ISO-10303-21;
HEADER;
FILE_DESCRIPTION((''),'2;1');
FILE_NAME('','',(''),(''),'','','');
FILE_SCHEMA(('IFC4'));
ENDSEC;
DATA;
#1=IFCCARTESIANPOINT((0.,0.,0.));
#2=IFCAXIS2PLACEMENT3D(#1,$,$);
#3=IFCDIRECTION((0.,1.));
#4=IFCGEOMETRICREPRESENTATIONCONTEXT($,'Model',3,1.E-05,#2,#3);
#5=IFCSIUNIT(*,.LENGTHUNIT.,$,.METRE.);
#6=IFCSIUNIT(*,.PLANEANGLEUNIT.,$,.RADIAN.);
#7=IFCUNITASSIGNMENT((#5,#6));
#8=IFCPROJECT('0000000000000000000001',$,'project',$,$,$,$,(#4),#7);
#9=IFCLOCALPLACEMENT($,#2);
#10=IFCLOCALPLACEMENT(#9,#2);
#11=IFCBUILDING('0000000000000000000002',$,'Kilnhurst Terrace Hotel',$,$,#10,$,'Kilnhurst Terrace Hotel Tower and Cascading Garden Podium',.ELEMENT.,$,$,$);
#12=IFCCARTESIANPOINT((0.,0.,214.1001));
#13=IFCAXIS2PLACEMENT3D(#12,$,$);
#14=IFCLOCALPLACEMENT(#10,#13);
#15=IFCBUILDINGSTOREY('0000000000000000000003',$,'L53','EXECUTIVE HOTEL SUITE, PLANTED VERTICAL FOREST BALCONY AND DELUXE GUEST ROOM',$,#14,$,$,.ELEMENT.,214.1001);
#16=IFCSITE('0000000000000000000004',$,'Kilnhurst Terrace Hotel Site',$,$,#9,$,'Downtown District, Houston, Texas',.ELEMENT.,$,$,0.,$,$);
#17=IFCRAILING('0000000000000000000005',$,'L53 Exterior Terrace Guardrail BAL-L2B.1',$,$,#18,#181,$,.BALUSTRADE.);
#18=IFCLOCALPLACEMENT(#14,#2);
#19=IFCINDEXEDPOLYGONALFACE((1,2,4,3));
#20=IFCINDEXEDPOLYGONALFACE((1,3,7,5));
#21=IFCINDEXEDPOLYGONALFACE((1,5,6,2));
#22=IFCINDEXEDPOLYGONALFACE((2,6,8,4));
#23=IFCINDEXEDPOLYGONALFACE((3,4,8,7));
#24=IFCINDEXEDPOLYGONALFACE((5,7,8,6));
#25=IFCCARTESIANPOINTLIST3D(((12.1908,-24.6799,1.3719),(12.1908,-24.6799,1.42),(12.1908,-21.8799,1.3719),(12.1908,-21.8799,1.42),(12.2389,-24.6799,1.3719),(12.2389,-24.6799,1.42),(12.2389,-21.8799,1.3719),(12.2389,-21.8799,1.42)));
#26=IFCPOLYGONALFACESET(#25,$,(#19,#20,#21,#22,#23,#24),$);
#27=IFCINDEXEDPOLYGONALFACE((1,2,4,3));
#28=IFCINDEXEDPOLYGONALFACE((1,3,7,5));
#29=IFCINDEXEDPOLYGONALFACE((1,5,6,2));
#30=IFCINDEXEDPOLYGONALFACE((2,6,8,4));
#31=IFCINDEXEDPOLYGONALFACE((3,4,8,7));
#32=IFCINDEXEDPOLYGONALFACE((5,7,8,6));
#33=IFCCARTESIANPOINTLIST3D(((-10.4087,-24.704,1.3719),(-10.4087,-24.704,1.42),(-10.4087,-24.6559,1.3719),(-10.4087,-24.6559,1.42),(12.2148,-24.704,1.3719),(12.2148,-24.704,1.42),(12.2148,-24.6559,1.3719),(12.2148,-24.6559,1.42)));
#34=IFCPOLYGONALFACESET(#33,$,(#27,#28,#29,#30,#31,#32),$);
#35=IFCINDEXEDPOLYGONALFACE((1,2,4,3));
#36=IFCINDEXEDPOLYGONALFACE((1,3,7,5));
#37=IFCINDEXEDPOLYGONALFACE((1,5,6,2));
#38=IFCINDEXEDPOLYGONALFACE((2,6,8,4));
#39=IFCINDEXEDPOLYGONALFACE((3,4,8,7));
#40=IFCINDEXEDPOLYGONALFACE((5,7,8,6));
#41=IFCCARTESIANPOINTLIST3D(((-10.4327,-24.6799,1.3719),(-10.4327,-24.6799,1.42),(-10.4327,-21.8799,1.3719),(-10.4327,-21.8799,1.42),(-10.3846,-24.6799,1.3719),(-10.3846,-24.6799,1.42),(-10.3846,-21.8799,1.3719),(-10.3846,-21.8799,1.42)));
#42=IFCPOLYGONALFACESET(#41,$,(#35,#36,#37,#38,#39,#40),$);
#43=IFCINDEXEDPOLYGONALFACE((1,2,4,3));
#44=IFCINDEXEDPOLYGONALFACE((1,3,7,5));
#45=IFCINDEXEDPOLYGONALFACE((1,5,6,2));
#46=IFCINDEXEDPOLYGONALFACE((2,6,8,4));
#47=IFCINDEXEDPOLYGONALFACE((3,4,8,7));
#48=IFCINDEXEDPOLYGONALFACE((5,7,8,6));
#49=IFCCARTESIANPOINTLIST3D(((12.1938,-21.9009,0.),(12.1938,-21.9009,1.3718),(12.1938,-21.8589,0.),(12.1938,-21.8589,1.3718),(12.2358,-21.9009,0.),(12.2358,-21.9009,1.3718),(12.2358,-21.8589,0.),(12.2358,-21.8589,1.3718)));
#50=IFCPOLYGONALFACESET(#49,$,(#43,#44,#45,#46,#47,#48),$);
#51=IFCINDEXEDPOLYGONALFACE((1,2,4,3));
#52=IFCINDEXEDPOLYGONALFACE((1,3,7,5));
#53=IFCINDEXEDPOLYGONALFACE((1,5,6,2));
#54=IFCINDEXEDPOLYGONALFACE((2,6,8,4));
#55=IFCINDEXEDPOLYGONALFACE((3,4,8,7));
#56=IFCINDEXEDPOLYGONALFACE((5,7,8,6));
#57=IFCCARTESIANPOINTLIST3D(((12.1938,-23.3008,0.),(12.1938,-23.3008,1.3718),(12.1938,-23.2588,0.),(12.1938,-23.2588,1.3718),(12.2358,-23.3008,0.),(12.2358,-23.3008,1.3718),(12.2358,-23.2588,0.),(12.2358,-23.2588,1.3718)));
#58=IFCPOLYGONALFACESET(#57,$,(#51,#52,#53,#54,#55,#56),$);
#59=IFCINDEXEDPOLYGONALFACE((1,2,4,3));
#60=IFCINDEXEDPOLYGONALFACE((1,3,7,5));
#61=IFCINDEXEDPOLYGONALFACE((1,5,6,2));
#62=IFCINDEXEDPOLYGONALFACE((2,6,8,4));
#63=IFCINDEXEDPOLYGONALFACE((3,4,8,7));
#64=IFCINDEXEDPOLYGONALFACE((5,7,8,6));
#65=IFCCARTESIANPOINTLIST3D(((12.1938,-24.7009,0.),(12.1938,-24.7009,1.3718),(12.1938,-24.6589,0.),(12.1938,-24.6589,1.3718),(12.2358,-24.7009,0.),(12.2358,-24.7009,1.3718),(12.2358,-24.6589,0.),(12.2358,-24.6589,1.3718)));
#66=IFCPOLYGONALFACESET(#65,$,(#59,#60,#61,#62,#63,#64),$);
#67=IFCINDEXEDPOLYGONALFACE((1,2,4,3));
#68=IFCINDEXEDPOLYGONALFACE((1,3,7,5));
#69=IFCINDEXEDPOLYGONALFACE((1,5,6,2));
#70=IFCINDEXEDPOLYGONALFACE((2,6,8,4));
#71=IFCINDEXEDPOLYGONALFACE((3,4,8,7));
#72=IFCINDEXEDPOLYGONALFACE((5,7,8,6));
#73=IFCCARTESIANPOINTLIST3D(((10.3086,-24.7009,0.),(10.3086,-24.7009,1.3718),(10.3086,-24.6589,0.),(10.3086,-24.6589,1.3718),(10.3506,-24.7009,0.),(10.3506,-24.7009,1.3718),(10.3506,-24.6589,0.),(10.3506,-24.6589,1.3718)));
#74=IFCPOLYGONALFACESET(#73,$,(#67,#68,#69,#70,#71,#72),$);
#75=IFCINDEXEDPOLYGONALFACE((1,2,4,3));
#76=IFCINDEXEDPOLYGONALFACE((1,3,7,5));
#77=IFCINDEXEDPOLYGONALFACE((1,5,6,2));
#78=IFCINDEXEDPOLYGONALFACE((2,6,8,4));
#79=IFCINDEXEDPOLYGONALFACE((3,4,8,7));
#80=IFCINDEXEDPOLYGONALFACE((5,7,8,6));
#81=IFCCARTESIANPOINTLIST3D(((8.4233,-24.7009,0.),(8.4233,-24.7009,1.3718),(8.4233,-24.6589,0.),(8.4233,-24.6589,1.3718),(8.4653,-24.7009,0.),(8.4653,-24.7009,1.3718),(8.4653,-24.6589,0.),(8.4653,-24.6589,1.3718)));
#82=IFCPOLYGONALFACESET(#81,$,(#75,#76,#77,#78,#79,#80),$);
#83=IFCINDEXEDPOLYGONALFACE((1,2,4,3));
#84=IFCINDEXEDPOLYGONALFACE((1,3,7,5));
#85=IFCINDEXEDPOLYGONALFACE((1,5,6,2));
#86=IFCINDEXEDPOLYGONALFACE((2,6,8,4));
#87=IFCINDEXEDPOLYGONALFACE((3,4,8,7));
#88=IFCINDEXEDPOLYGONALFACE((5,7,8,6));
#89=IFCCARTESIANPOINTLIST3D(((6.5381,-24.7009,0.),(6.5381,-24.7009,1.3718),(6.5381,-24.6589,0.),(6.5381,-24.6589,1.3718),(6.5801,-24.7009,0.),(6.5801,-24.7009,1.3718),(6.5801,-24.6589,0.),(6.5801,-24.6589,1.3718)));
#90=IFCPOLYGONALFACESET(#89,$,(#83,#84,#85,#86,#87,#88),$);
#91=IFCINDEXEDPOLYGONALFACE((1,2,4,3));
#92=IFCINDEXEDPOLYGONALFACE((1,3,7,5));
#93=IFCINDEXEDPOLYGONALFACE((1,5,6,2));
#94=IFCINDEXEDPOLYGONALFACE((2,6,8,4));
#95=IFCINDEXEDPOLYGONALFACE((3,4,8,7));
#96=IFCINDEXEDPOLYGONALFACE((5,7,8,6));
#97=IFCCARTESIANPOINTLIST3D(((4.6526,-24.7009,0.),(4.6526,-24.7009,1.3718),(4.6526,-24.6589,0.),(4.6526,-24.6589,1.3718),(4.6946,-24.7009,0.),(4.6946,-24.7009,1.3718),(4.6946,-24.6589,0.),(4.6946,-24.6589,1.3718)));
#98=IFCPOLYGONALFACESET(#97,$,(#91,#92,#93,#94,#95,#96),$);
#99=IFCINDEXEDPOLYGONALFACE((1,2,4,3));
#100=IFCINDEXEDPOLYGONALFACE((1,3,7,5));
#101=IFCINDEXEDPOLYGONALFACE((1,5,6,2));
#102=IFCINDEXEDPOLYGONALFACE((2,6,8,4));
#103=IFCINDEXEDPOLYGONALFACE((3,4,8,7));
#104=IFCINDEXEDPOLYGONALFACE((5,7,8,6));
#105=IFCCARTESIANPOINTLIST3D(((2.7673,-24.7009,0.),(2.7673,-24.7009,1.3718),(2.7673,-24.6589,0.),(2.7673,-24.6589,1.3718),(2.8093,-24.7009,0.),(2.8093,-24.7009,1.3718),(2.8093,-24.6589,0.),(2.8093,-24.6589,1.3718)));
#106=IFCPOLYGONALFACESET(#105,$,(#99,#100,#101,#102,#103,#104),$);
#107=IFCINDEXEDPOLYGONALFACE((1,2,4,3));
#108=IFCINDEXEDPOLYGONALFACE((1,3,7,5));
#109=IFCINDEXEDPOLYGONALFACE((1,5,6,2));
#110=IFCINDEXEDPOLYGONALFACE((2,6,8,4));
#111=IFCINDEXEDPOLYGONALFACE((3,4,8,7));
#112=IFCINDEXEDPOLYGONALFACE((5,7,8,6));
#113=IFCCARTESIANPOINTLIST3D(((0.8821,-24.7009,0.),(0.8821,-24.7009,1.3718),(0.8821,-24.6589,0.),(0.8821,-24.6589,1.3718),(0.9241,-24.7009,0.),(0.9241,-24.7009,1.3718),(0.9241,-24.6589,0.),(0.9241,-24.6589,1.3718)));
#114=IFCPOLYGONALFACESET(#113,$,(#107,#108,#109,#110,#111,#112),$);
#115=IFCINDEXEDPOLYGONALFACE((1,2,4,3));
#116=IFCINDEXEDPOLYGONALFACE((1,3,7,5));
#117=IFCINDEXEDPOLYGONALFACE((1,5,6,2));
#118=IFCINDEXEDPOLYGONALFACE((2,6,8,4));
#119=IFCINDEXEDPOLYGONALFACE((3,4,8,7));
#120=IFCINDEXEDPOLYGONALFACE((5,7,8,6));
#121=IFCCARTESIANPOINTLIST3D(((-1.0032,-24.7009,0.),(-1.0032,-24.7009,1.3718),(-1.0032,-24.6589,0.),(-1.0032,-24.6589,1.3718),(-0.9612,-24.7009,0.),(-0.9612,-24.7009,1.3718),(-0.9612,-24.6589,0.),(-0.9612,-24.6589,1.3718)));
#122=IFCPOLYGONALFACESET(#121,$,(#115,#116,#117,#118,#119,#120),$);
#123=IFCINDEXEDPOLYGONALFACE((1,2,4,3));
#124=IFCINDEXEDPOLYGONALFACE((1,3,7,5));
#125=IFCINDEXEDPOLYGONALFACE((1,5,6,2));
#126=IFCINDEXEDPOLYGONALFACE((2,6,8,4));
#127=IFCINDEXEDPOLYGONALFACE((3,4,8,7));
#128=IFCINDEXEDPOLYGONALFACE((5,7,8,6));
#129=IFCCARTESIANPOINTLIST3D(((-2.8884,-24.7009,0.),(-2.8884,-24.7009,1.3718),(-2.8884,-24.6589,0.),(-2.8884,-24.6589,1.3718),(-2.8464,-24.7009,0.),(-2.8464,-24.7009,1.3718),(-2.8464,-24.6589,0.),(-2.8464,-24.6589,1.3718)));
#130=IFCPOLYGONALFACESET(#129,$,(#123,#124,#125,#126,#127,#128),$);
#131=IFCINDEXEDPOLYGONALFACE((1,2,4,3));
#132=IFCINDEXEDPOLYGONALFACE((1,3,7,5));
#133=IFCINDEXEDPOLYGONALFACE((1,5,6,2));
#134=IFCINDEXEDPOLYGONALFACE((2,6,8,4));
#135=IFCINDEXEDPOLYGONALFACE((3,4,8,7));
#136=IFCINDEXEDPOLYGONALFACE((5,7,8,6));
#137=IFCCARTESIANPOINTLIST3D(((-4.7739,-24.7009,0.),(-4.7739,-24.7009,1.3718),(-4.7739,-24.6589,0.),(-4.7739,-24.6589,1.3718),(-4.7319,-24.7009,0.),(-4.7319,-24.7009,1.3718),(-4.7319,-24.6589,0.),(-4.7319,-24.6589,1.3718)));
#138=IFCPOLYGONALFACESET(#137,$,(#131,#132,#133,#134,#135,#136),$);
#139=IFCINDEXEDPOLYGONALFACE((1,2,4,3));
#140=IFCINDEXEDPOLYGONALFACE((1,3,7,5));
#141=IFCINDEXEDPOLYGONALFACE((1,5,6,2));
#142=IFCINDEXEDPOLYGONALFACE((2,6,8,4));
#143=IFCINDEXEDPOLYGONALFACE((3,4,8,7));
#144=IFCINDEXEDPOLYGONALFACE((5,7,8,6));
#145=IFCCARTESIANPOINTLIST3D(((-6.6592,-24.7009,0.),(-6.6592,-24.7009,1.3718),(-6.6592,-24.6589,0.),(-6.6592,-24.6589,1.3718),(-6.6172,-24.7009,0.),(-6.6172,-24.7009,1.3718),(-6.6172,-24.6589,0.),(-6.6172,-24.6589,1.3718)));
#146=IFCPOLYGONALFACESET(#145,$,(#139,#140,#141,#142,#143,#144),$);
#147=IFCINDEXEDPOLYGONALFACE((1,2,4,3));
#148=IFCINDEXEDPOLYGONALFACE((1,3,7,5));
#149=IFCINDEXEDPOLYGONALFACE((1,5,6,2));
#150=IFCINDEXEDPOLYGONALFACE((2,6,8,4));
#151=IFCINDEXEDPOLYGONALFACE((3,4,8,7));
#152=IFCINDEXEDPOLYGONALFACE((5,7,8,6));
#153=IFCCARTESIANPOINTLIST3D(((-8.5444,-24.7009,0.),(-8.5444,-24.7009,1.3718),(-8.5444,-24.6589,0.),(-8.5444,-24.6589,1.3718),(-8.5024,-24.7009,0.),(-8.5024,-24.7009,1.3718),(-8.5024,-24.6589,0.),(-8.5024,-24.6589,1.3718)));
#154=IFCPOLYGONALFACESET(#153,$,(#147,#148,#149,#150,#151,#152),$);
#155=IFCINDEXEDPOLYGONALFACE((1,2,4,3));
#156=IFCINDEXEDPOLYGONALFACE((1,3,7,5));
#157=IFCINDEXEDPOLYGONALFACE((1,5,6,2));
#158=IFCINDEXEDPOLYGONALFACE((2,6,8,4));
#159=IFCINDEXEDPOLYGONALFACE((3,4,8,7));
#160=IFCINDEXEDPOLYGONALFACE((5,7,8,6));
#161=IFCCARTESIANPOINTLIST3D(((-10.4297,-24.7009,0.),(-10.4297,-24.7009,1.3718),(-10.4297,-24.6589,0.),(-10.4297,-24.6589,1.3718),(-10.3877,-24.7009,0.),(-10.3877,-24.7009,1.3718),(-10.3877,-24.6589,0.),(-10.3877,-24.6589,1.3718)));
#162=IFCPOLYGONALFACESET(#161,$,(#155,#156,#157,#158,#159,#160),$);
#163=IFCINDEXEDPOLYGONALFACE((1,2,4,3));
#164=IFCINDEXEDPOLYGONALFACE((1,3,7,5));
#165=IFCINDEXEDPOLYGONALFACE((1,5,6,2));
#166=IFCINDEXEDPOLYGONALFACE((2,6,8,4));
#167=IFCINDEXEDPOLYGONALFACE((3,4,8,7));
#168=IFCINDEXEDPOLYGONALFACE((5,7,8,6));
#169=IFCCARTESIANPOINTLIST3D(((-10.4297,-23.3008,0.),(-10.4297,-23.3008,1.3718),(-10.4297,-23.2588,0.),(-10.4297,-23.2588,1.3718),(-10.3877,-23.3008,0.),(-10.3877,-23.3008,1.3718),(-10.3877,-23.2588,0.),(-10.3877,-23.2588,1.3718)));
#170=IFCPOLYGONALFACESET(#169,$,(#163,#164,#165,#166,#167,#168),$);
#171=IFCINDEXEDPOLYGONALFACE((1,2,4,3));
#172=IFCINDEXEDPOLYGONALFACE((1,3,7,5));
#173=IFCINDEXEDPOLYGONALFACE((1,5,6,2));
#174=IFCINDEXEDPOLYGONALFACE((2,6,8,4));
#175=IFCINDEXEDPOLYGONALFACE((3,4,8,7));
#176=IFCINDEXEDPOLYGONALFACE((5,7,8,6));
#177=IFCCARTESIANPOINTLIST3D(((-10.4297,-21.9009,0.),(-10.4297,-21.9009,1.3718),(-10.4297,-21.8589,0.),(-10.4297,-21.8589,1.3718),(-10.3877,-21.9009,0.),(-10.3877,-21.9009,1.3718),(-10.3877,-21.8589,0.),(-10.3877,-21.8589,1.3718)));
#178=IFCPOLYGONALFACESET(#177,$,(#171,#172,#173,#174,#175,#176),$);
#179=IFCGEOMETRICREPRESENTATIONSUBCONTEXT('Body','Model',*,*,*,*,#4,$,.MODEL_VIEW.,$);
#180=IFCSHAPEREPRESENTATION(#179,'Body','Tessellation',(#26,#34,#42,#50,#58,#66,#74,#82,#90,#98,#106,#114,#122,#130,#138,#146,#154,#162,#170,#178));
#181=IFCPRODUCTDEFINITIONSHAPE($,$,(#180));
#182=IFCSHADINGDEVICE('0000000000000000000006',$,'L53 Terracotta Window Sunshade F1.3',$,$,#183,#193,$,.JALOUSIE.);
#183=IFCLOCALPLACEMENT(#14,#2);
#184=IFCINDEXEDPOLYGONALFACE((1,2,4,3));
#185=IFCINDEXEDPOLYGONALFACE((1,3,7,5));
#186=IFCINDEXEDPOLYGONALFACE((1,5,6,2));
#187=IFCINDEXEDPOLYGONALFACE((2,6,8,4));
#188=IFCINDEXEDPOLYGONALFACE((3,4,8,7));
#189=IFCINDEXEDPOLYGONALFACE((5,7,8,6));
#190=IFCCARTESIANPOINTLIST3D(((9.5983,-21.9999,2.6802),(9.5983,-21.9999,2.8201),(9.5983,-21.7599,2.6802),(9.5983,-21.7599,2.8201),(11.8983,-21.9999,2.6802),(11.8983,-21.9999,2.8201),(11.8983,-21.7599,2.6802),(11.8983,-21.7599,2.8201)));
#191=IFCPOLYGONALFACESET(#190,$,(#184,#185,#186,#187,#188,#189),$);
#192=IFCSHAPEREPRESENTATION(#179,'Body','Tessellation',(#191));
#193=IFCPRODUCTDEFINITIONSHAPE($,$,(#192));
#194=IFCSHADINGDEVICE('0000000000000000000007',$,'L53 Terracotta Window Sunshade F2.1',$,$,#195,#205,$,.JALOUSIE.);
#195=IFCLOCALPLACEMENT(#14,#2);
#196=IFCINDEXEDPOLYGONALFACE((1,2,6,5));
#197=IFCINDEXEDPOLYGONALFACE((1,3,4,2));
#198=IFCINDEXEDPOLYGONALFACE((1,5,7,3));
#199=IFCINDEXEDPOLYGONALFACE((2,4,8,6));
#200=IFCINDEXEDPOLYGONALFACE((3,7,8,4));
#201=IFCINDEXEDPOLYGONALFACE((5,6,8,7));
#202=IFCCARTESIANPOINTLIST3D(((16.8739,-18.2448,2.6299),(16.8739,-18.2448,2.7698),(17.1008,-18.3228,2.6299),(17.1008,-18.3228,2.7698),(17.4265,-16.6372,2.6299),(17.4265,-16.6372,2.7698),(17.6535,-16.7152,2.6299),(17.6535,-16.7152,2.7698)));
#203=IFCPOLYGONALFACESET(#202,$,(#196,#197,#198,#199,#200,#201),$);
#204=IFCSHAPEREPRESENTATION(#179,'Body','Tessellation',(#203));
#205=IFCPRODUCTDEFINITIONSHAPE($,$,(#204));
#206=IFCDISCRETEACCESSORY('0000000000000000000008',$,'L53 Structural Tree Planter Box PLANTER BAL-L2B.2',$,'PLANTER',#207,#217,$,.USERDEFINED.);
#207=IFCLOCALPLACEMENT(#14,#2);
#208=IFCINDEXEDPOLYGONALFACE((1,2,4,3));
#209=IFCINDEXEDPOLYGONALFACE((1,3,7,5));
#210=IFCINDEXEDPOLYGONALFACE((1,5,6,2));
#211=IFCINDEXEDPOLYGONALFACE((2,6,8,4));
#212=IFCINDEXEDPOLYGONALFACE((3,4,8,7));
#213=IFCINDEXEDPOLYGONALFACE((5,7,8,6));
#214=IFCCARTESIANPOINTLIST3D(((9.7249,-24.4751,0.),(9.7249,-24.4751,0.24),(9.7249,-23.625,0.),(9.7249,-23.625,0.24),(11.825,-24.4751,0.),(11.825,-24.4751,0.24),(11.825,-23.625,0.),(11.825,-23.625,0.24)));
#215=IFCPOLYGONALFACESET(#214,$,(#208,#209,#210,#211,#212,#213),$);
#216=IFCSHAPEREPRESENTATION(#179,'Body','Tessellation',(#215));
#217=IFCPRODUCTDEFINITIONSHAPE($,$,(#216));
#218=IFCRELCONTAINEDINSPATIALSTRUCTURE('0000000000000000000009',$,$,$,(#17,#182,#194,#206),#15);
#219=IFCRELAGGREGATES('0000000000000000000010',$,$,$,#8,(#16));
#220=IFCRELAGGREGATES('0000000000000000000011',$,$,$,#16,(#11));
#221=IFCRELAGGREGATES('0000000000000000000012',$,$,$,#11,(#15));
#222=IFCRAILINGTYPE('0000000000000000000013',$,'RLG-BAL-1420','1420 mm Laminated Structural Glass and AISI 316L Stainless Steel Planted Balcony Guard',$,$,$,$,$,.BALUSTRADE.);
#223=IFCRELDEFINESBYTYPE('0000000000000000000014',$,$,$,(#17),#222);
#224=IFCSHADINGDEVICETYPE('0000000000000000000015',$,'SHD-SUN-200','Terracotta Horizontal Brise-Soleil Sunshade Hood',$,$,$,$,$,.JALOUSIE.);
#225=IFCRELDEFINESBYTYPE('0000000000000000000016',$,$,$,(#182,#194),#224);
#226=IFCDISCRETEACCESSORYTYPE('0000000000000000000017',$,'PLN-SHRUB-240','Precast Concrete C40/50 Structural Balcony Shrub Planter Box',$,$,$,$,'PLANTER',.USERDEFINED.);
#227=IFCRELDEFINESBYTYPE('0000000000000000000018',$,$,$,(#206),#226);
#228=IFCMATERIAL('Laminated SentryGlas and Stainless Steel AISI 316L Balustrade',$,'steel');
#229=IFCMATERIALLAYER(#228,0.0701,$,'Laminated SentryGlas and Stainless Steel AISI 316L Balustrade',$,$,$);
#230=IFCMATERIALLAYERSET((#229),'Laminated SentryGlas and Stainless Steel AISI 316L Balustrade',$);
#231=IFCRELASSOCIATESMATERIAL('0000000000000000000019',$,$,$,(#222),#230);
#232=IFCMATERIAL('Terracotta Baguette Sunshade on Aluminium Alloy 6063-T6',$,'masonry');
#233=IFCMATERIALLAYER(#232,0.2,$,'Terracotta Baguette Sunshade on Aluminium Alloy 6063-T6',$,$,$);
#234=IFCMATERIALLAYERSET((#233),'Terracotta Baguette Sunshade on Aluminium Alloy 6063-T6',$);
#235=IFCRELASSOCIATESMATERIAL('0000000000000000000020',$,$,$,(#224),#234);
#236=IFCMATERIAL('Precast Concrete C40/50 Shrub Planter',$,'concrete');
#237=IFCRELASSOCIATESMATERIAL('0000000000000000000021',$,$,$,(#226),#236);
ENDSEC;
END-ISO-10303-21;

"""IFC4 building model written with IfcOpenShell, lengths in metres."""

from ifc_helpers import new_model, si_unit, direction, frame, origin, origin_2d, place, context, subcontext, project, spatial, rectangle, extrude, material, layer, layer_set, type_object, element, save


model = new_model("IFC4")

# Units and contexts
model_context = context("Model", 3, precision=1e-05, world=origin(), true_north=direction((0.0, 1.0)))
body_context = subcontext(model_context, "Body", "Model", "MODEL_VIEW")
ifc_project = project(units=[si_unit("LENGTHUNIT", "METRE"), si_unit("PLANEANGLEUNIT", "RADIAN")], contexts=[model_context])

# Site, building, storey
site_placement = place(None, origin())
site = spatial("IfcSite", under=ifc_project, at=site_placement, Name="Kilnhurst Terrace Hotel Site", LongName="Downtown District, Houston, Texas", CompositionType="ELEMENT", RefElevation=0.0)
building_placement = place(site_placement, origin())
building = spatial("IfcBuilding", under=site, at=building_placement, Name="Kilnhurst Terrace Hotel", LongName="Kilnhurst Terrace Hotel Tower and Cascading Garden Podium", CompositionType="ELEMENT")
storey_placement = place(building_placement, frame((0.0, 0.0, 214.1001)))
storey = spatial("IfcBuildingStorey", under=building, at=storey_placement, Name="L53", Description="EXECUTIVE HOTEL SUITE, PLANTED VERTICAL FOREST BALCONY AND DELUXE GUEST ROOM", CompositionType="ELEMENT", Elevation=214.1001)

# Railing
ifc_material_1 = material(Name="Laminated SentryGlas and Stainless Steel AISI 316L Balustrade", Category="steel")
ifc_layer_1 = layer(ifc_material_1, 0.0701, Name="Laminated SentryGlas and Stainless Steel AISI 316L Balustrade")
ifc_layer_set_1 = layer_set([ifc_layer_1], Name="Laminated SentryGlas and Stainless Steel AISI 316L Balustrade")
railing_type = type_object("IfcRailingType", Name="RLG-BAL-1420", Description="1420 mm Laminated Structural Glass and AISI 316L Stainless Steel Planted Balcony Guard", PredefinedType="BALUSTRADE", material=ifc_layer_set_1)
railing_placement = place(storey_placement, frame((12.2148, -21.8799, 0.0)))
element("IfcRailing", 1, at=railing_placement, inside=storey, type_object=railing_type, Name="L53 Exterior Terrace Guardrail BAL-L2B.1", PredefinedType="BALUSTRADE", context=body_context, shape_type="SweptSolid", body=[
    extrude(rectangle(XDim=0.0481, YDim=0.0481, at=origin_2d()), frame((0.0, 0.0, 1.396), z_axis=(0.0, -1.0, 0.0), x_axis=(1.0, 0.0, 0.0)), (0.0, 0.0, 1.0), 2.8),
    extrude(rectangle(XDim=0.0481, YDim=0.0481, at=origin_2d()), frame((0.0, -2.8, 1.396), z_axis=(-1.0, 0.0, 0.0), x_axis=(0.0, -1.0, 0.0)), (0.0, 0.0, 1.0), 22.6235),
    extrude(rectangle(XDim=0.0481, YDim=0.0481, at=origin_2d()), frame((-22.6235, -2.8, 1.396), z_axis=(0.0, 1.0, 0.0), x_axis=(-1.0, 0.0, 0.0)), (0.0, 0.0, 1.0), 2.8),
    extrude(rectangle(XDim=0.042, YDim=0.042, at=origin_2d()), origin(), (0.0, 0.0, 1.0), 1.3718),
    extrude(rectangle(XDim=0.042, YDim=0.042, at=origin_2d()), frame((0.0, -1.3999, 0.0)), (0.0, 0.0, 1.0), 1.3718),
    extrude(rectangle(XDim=0.042, YDim=0.042, at=origin_2d()), frame((0.0, -2.8, 0.0)), (0.0, 0.0, 1.0), 1.3718),
    extrude(rectangle(XDim=0.042, YDim=0.042, at=origin_2d()), frame((-1.8853, -2.8, 0.0)), (0.0, 0.0, 1.0), 1.3718),
    extrude(rectangle(XDim=0.042, YDim=0.042, at=origin_2d()), frame((-3.7705, -2.8, 0.0)), (0.0, 0.0, 1.0), 1.3718),
    extrude(rectangle(XDim=0.042, YDim=0.042, at=origin_2d()), frame((-5.6558, -2.8, 0.0)), (0.0, 0.0, 1.0), 1.3718),
    extrude(rectangle(XDim=0.042, YDim=0.042, at=origin_2d()), frame((-7.5413, -2.8, 0.0)), (0.0, 0.0, 1.0), 1.3718),
    extrude(rectangle(XDim=0.042, YDim=0.042, at=origin_2d()), frame((-9.4265, -2.8, 0.0)), (0.0, 0.0, 1.0), 1.3718),
    extrude(rectangle(XDim=0.042, YDim=0.042, at=origin_2d()), frame((-11.3118, -2.8, 0.0)), (0.0, 0.0, 1.0), 1.3718),
    extrude(rectangle(XDim=0.042, YDim=0.042, at=origin_2d()), frame((-13.197, -2.8, 0.0)), (0.0, 0.0, 1.0), 1.3718),
    extrude(rectangle(XDim=0.042, YDim=0.042, at=origin_2d()), frame((-15.0823, -2.8, 0.0)), (0.0, 0.0, 1.0), 1.3718),
    extrude(rectangle(XDim=0.042, YDim=0.042, at=origin_2d()), frame((-16.9678, -2.8, 0.0)), (0.0, 0.0, 1.0), 1.3718),
    extrude(rectangle(XDim=0.042, YDim=0.042, at=origin_2d()), frame((-18.853, -2.8, 0.0)), (0.0, 0.0, 1.0), 1.3718),
    extrude(rectangle(XDim=0.042, YDim=0.042, at=origin_2d()), frame((-20.7383, -2.8, 0.0)), (0.0, 0.0, 1.0), 1.3718),
    extrude(rectangle(XDim=0.042, YDim=0.042, at=origin_2d()), frame((-22.6235, -2.8, 0.0)), (0.0, 0.0, 1.0), 1.3718),
    extrude(rectangle(XDim=0.042, YDim=0.042, at=origin_2d()), frame((-22.6235, -1.3999, 0.0)), (0.0, 0.0, 1.0), 1.3718),
    extrude(rectangle(XDim=0.042, YDim=0.042, at=origin_2d()), frame((-22.6235, 0.0, 0.0)), (0.0, 0.0, 1.0), 1.3718),
])

# Shading devices
ifc_material_2 = material(Name="Terracotta Baguette Sunshade on Aluminium Alloy 6063-T6", Category="masonry")
ifc_layer_2 = layer(ifc_material_2, 0.2, Name="Terracotta Baguette Sunshade on Aluminium Alloy 6063-T6")
ifc_layer_set_2 = layer_set([ifc_layer_2], Name="Terracotta Baguette Sunshade on Aluminium Alloy 6063-T6")
shading_device_type = type_object("IfcShadingDeviceType", Name="SHD-SUN-200", Description="Terracotta Horizontal Brise-Soleil Sunshade Hood", PredefinedType="JALOUSIE", material=ifc_layer_set_2)
shading_device_1_placement = place(storey_placement, frame((10.7483, -21.8799, 2.6802), z_axis=(0.0, 0.0, 1.0), x_axis=(1.0, 0.0, 0.0)))
element("IfcShadingDevice", 2, at=shading_device_1_placement, inside=storey, type_object=shading_device_type, Name="L53 Terracotta Window Sunshade F1.3", PredefinedType="JALOUSIE", context=body_context, shape_type="SweptSolid", body=[
    extrude(rectangle(XDim=2.3, YDim=0.24, at=origin_2d()), origin(), (0.0, 0.0, 1.0), 0.1399),
])
shading_device_2_placement = place(storey_placement, frame((17.2637, -17.48, 2.6299), z_axis=(0.0, 0.0, 1.0), x_axis=(0.32509, 0.945683, 0.0)))
element("IfcShadingDevice", 3, at=shading_device_2_placement, inside=storey, type_object=shading_device_type, Name="L53 Terracotta Window Sunshade F2.1", PredefinedType="JALOUSIE", context=body_context, shape_type="SweptSolid", body=[
    extrude(rectangle(XDim=1.7, YDim=0.24, at=origin_2d()), origin(), (0.0, 0.0, 1.0), 0.1399),
])

# Discrete accessory
ifc_material_3 = material(Name="Precast Concrete C40/50 Shrub Planter", Category="concrete")
discrete_accessory_type = type_object("IfcDiscreteAccessoryType", Name="PLN-SHRUB-240", Description="Precast Concrete C40/50 Structural Balcony Shrub Planter Box", ElementType="PLANTER", PredefinedType="USERDEFINED", material=ifc_material_3)
discrete_accessory_placement = place(storey_placement, frame((10.7749, -24.05, 0.0), z_axis=(0.0, 0.0, 1.0), x_axis=(1.0, 0.0, 0.0)))
element("IfcDiscreteAccessory", 4, at=discrete_accessory_placement, inside=storey, type_object=discrete_accessory_type, Name="L53 Structural Tree Planter Box PLANTER BAL-L2B.2", ObjectType="PLANTER", PredefinedType="USERDEFINED", context=body_context, shape_type="SweptSolid", body=[
    extrude(rectangle(XDim=2.1001, YDim=0.8501, at=origin_2d()), origin(), (0.0, 0.0, 1.0), 0.24),
])

save(model, "model.ifc")
